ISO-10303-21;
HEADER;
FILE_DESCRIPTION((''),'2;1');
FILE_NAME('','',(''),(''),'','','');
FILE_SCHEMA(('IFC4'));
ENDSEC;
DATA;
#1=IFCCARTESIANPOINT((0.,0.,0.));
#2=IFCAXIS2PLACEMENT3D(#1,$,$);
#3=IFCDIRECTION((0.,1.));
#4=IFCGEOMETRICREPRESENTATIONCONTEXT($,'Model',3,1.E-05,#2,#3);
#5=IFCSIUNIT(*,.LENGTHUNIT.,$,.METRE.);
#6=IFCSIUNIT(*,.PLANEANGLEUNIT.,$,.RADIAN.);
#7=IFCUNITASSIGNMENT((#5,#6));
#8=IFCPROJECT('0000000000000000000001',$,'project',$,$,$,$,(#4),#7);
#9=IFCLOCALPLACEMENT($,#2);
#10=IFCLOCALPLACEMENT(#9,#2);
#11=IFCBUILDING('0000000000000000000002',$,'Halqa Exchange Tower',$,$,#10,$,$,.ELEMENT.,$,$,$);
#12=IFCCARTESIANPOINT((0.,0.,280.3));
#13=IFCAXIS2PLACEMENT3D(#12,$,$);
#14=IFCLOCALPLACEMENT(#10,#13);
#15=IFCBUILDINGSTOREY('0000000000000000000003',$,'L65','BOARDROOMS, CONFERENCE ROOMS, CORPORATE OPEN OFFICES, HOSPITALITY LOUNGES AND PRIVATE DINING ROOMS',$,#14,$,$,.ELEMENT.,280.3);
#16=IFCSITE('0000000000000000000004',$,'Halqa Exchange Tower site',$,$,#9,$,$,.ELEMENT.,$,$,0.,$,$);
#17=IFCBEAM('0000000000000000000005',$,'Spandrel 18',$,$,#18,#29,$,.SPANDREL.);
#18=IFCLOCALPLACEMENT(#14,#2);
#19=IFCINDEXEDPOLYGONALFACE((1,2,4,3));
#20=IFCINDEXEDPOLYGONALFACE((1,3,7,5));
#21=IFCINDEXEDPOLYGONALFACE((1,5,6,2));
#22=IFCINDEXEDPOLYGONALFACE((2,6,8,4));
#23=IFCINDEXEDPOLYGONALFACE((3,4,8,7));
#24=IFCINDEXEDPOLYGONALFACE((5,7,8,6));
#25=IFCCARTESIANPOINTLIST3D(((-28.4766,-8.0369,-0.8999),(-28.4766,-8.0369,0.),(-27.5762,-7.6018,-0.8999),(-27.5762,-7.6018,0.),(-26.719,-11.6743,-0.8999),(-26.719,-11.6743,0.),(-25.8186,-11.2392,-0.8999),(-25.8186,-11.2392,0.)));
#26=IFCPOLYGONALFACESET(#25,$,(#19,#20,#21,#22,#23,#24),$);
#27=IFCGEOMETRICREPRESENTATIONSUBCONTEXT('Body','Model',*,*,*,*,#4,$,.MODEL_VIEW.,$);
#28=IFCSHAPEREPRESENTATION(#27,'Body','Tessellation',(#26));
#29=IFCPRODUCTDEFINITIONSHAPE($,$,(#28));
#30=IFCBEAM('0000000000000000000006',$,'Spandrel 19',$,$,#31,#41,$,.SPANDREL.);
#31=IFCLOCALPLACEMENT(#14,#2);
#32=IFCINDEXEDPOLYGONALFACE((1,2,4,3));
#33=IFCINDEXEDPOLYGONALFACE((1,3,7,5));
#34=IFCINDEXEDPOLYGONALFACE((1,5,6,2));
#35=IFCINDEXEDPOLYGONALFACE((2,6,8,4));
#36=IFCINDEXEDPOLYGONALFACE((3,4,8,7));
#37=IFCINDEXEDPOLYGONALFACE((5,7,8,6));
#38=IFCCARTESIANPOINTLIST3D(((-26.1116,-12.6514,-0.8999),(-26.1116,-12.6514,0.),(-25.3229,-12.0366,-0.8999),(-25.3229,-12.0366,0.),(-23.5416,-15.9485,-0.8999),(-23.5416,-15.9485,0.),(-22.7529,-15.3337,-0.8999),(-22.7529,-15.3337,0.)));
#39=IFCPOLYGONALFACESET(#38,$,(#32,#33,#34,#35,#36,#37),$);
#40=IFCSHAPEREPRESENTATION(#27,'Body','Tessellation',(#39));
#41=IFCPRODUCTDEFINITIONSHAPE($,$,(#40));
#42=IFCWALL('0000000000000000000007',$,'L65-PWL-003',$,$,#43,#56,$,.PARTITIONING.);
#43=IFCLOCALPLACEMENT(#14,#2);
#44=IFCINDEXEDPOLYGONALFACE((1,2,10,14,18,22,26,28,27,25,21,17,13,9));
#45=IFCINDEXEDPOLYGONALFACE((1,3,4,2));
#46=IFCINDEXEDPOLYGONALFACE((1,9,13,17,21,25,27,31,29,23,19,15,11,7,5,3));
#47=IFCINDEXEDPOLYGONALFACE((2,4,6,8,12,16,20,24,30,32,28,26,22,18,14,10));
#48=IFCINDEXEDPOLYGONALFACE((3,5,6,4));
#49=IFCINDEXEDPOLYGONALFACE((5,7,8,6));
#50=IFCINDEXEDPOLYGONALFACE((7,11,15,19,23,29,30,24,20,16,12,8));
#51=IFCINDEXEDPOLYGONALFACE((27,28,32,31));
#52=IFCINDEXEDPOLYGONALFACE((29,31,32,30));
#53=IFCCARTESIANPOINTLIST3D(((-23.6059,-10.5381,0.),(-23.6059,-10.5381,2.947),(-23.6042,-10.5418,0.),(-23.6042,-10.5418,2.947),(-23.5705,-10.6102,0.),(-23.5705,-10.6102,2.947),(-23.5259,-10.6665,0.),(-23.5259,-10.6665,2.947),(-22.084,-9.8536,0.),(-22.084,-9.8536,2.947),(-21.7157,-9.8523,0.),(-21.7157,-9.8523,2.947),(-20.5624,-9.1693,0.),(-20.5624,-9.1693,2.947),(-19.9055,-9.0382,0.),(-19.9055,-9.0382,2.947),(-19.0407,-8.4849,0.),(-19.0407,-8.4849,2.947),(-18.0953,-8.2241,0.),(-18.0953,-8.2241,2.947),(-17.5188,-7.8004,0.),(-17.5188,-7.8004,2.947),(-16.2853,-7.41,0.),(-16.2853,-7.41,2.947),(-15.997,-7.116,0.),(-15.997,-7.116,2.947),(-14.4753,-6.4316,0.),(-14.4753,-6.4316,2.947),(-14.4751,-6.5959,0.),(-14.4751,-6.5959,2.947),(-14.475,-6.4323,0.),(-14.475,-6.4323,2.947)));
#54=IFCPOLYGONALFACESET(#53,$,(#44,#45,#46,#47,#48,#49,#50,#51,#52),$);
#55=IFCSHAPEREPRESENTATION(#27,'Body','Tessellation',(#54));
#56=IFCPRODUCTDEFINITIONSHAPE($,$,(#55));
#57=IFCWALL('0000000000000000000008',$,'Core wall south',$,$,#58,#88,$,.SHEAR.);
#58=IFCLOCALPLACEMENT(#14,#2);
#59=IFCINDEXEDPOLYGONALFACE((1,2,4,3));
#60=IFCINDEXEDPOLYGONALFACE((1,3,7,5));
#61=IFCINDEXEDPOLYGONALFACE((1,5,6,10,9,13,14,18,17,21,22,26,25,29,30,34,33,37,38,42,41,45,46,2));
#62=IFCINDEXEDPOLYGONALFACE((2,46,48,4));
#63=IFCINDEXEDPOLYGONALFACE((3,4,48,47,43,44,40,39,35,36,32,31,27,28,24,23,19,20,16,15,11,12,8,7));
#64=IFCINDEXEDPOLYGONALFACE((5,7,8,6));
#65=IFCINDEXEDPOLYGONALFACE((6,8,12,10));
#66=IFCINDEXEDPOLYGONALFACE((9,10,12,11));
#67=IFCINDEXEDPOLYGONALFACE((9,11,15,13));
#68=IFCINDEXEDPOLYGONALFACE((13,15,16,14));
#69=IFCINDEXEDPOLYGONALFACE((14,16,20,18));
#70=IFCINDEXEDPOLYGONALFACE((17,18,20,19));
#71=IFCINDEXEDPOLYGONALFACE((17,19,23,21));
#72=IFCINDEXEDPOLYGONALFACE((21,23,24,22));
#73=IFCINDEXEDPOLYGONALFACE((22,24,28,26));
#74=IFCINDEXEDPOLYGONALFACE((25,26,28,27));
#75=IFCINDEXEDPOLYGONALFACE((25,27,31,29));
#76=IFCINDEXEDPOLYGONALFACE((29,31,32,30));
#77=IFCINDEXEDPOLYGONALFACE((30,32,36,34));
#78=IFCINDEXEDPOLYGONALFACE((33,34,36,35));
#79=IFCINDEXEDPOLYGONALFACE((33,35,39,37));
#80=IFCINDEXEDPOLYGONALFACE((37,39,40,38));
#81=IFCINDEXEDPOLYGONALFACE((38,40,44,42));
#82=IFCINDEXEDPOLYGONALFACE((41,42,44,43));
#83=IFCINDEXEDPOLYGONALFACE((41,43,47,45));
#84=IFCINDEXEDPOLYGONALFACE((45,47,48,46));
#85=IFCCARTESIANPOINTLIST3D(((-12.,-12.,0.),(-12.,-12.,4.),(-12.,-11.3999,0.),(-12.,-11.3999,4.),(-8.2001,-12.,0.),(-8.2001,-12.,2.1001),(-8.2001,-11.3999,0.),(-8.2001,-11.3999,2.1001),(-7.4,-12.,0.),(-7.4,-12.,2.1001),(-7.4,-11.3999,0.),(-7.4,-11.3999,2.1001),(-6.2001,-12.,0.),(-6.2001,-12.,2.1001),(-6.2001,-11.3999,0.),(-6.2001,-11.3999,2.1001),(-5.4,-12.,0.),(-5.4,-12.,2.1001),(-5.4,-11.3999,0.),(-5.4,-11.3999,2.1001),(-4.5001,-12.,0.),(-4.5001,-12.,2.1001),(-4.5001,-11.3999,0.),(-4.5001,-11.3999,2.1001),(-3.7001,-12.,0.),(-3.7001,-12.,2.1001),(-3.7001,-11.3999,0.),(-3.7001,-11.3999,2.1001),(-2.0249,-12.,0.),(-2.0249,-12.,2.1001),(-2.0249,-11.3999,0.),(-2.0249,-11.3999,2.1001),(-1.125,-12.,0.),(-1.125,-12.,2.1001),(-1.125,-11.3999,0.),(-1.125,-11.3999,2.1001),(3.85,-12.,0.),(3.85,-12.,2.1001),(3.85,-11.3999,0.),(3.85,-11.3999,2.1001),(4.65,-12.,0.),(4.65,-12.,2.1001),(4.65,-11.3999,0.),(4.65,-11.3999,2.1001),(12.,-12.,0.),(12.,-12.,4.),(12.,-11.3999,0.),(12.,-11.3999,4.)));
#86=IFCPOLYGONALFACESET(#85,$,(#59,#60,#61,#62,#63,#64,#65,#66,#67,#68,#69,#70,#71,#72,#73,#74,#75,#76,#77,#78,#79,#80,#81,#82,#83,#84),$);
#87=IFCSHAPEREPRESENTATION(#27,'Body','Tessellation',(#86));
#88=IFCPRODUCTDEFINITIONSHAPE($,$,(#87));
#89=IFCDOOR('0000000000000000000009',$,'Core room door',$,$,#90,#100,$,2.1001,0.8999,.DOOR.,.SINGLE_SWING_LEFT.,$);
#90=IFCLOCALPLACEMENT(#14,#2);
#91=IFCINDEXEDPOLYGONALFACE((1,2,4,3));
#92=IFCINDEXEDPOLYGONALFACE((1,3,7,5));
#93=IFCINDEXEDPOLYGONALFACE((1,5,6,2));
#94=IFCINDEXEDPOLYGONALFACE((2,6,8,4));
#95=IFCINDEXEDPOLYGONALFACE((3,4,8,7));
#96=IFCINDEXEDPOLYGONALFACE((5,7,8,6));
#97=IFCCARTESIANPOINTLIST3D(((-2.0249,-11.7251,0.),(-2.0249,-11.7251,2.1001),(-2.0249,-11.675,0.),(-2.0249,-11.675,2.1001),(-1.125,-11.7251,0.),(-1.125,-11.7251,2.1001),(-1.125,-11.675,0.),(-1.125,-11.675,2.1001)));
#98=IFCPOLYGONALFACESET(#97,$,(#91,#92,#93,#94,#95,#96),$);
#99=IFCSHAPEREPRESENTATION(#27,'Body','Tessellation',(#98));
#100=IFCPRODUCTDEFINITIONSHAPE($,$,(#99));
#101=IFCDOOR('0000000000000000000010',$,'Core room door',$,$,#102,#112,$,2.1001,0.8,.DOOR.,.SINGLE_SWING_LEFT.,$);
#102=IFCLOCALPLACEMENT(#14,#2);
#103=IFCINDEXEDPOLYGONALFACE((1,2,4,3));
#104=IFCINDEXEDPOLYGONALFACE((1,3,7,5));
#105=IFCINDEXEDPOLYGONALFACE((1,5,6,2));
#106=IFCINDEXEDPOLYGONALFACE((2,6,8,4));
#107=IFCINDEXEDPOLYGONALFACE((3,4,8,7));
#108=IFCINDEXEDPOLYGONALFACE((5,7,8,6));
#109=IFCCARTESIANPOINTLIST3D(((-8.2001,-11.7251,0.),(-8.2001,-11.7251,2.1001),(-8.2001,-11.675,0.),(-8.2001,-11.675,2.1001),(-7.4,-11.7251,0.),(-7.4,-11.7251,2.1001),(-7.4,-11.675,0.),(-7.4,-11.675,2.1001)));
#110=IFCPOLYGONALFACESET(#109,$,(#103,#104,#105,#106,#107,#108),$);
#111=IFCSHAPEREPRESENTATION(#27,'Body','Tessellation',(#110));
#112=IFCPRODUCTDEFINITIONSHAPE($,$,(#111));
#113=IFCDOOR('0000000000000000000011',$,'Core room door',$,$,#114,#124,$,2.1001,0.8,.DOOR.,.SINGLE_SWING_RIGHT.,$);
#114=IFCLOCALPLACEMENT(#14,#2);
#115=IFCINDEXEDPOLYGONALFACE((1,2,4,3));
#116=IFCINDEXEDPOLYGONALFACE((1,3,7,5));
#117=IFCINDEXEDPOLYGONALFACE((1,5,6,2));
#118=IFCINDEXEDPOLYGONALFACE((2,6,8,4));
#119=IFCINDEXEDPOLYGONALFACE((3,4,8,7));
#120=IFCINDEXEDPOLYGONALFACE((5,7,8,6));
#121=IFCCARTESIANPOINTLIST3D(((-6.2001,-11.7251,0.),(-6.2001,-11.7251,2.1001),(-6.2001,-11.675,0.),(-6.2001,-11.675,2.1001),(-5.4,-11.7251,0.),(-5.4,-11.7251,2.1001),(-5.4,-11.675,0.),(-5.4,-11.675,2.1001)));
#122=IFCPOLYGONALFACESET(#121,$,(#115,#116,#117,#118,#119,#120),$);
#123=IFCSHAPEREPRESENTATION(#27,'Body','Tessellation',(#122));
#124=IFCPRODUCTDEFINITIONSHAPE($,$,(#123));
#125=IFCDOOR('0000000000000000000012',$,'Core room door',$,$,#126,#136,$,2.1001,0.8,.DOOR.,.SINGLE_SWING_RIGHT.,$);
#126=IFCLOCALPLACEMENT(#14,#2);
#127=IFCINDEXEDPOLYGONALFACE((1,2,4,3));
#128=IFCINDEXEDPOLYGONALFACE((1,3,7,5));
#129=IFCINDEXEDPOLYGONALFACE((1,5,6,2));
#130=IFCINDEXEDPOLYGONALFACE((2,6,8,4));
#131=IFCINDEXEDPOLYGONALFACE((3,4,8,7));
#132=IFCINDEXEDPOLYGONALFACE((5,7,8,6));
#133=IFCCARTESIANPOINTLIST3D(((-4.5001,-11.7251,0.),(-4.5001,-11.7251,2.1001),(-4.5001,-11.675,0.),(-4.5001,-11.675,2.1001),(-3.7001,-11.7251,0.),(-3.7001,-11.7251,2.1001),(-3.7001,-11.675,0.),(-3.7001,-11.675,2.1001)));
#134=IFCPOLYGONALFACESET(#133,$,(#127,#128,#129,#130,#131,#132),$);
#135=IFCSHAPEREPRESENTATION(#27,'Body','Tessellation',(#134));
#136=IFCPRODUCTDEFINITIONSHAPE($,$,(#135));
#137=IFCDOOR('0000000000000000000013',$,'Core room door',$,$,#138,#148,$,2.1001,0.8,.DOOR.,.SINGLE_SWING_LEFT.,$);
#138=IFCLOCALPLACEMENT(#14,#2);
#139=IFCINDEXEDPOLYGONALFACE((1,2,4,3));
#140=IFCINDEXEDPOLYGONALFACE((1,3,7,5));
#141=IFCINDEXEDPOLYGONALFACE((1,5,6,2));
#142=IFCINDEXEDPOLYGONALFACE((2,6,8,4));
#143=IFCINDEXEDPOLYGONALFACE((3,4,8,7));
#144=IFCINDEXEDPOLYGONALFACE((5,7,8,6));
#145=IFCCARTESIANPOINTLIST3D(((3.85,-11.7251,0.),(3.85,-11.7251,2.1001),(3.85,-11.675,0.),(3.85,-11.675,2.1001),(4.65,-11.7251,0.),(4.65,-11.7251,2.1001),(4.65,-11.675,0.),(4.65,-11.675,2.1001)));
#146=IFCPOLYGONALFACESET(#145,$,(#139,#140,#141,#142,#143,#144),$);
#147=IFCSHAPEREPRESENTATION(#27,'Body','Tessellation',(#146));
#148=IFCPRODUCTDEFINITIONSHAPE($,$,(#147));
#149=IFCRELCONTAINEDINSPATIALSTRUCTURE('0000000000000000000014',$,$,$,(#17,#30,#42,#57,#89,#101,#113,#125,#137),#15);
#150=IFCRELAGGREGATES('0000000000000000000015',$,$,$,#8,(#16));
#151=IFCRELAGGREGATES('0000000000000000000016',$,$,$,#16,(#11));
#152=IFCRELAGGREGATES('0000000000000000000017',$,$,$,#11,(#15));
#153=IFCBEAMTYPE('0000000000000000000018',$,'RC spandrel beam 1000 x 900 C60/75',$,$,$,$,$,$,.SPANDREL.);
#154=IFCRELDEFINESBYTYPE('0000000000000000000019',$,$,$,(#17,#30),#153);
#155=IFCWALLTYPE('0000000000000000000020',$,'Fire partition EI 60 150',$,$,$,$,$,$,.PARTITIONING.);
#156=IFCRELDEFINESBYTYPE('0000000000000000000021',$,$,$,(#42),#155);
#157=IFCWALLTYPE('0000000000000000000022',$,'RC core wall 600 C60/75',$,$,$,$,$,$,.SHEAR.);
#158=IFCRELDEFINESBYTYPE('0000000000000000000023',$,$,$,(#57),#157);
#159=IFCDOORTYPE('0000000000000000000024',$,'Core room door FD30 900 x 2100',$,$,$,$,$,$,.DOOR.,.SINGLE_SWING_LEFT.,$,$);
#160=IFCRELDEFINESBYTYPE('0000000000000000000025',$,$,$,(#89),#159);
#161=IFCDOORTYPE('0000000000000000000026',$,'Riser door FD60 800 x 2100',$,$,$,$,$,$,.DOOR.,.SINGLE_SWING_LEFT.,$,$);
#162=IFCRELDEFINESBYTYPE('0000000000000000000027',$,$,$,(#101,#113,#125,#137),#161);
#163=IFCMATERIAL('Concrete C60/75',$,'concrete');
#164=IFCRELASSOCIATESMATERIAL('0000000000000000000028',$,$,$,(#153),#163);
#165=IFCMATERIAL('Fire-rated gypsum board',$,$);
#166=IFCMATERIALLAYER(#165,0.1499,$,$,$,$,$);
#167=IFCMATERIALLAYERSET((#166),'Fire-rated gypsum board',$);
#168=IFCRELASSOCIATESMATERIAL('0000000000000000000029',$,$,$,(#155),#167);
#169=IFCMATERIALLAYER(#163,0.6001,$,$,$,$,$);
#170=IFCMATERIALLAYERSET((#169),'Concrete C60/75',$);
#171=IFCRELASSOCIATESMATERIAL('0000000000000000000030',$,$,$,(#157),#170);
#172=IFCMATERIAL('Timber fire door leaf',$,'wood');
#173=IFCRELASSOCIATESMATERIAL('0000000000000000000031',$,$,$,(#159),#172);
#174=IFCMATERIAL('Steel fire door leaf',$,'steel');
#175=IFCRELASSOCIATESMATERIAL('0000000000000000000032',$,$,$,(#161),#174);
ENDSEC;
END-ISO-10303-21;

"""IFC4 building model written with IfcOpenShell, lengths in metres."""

from ifc_helpers import new_model, si_unit, direction, frame, frame_2d, origin, origin_2d, place, context, subcontext, project, spatial, polyline, rectangle, outline, extrude, material, layer, layer_set, material_profile, profile_set, type_object, element, fill, save


model = new_model("IFC4")

# Units and contexts
model_context = context("Model", 3, precision=1e-05, world=origin(), true_north=direction((0.0, 1.0)))
body_context = subcontext(model_context, "Body", "Model", "MODEL_VIEW")
ifc_project = project(units=[si_unit("LENGTHUNIT", "METRE"), si_unit("PLANEANGLEUNIT", "RADIAN")], contexts=[model_context])

# Site, building, storey
site_placement = place(None, origin())
site = spatial("IfcSite", under=ifc_project, at=site_placement, Name="Halqa Exchange Tower site", CompositionType="ELEMENT", RefElevation=0.0)
building_placement = place(site_placement, origin())
building = spatial("IfcBuilding", under=site, at=building_placement, Name="Halqa Exchange Tower", CompositionType="ELEMENT")
storey_placement = place(building_placement, frame((0.0, 0.0, 280.3)))
storey = spatial("IfcBuildingStorey", under=building, at=storey_placement, Name="L65", Description="BOARDROOMS, CONFERENCE ROOMS, CORPORATE OPEN OFFICES, HOSPITALITY LOUNGES AND PRIVATE DINING ROOMS", CompositionType="ELEMENT", Elevation=280.3)

# Shared definitions
ifc_material_1 = material(Name="Concrete C60/75", Category="concrete")

# Beams
ifc_material_profile_1 = material_profile(ifc_material_1, rectangle(XDim=1.0, YDim=0.8999, at=origin_2d()), Name="1000 x 900")
ifc_profile_set_1 = profile_set([ifc_material_profile_1], Name="Concrete C60/75")
beam_type_1 = type_object("IfcBeamType", Name="RC spandrel beam 1000 x 900 C60/75", PredefinedType="SPANDREL", material=ifc_profile_set_1)
beam_1_placement = place(storey_placement, frame((-28.0264, -7.8193, -0.45), z_axis=(0.435062, -0.900401, 0.0), x_axis=(0.900401, 0.435062, 0.0)))
element("IfcBeam", 1, at=beam_1_placement, inside=storey, type_object=beam_type_1, Name="Spandrel 18", PredefinedType="SPANDREL", context=body_context, shape_type="SweptSolid", body=[
    extrude(rectangle(XDim=1.0, YDim=0.8999, at=origin_2d()), origin(), (0.0, 0.0, 1.0), 4.0398),
])
beam_2_placement = place(storey_placement, frame((-25.7173, -12.344, -0.45), z_axis=(0.614781, -0.788698, 0.0), x_axis=(0.788698, 0.614781, 0.0)))
element("IfcBeam", 2, at=beam_2_placement, inside=storey, type_object=beam_type_1, Name="Spandrel 19", PredefinedType="SPANDREL", context=body_context, shape_type="SweptSolid", body=[
    extrude(rectangle(XDim=1.0, YDim=0.8999, at=origin_2d()), origin(), (0.0, 0.0, 1.0), 4.1804),
])

# Wall
ifc_material_2 = material(Name="Fire-rated gypsum board")
ifc_layer_1 = layer(ifc_material_2, 0.1499)
ifc_layer_set_1 = layer_set([ifc_layer_1], Name="Fire-rated gypsum board")
wall_type_1 = type_object("IfcWallType", Name="Fire partition EI 60 150", PredefinedType="PARTITIONING", material=ifc_layer_set_1)
wall_1_placement = place(storey_placement, frame((-14.4446, -6.5, 0.0), z_axis=(0.0, 0.0, 1.0), x_axis=(-0.912009, -0.410171, 0.0)))
element("IfcWall", 3, at=wall_1_placement, inside=storey, type_object=wall_type_1, Name="L65-PWL-003", PredefinedType="PARTITIONING", context=body_context, shape_type="SweptSolid", body=[
    extrude(outline(polyline([(10.0115, -0.075), (10.0115, -0.0708), (10.0088, 0.0054), (9.9912, 0.075), (8.0063, 0.075), (6.0215, 0.075), (4.0366, 0.075), (2.052, 0.075), (0.0671, 0.075), (0.0, -0.0742), (0.0, -0.075), (1.6685, -0.075), (3.3372, -0.075), (5.0059, -0.075), (6.6743, -0.075), (8.3428, -0.075), (10.0115, -0.075)])), origin(), (0.0, 0.0, 1.0), 2.947),
])

# Wall, openings, doors
ifc_layer_2 = layer(ifc_material_1, 0.6001)
ifc_layer_set_2 = layer_set([ifc_layer_2], Name="Concrete C60/75")
wall_type_2 = type_object("IfcWallType", Name="RC core wall 600 C60/75", PredefinedType="SHEAR", material=ifc_layer_set_2)
wall_2_placement = place(storey_placement, frame((-12.0, -11.7, 0.0), z_axis=(0.0, 0.0, 1.0), x_axis=(1.0, 0.0, 0.0)))
wall_2 = element("IfcWall", 4, at=wall_2_placement, inside=storey, type_object=wall_type_2, Name="Core wall south", PredefinedType="SHEAR", context=body_context, shape_type="SweptSolid", body=[
    extrude(rectangle(XDim=24.0, YDim=0.6001, at=frame_2d((12.0, 0.0))), origin(), (0.0, 0.0, 1.0), 4.0),
])
opening_1_placement = place(wall_2_placement, frame((9.9751, 0.0, 0.0)))
opening_1 = element("IfcOpeningElement", 5, at=opening_1_placement, cuts=wall_2, PredefinedType="OPENING", context=body_context, shape_type="SweptSolid", body=[
    extrude(rectangle(XDim=0.8999, YDim=2.1001, at=frame_2d((0.45, 1.05))), frame((0.0, 0.312, 0.0), z_axis=(0.0, -1.0, 0.0), x_axis=(1.0, 0.0, 0.0)), (0.0, 0.0, 1.0), 0.624),
])
opening_2_placement = place(wall_2_placement, frame((3.8, 0.0, 0.0)))
opening_2 = element("IfcOpeningElement", 6, at=opening_2_placement, cuts=wall_2, PredefinedType="OPENING", context=body_context, shape_type="SweptSolid", body=[
    extrude(rectangle(XDim=0.8, YDim=2.1001, at=frame_2d((0.3999, 1.05))), frame((0.0, 0.312, 0.0), z_axis=(0.0, -1.0, 0.0), x_axis=(1.0, 0.0, 0.0)), (0.0, 0.0, 1.0), 0.624),
])
opening_3_placement = place(wall_2_placement, frame((5.8, 0.0, 0.0)))
opening_3 = element("IfcOpeningElement", 7, at=opening_3_placement, cuts=wall_2, PredefinedType="OPENING", context=body_context, shape_type="SweptSolid", body=[
    extrude(rectangle(XDim=0.8, YDim=2.1001, at=frame_2d((0.3999, 1.05))), frame((0.0, 0.312, 0.0), z_axis=(0.0, -1.0, 0.0), x_axis=(1.0, 0.0, 0.0)), (0.0, 0.0, 1.0), 0.624),
])
opening_4_placement = place(wall_2_placement, frame((7.5, 0.0, 0.0)))
opening_4 = element("IfcOpeningElement", 8, at=opening_4_placement, cuts=wall_2, PredefinedType="OPENING", context=body_context, shape_type="SweptSolid", body=[
    extrude(rectangle(XDim=0.8, YDim=2.1001, at=frame_2d((0.3999, 1.05))), frame((0.0, 0.312, 0.0), z_axis=(0.0, -1.0, 0.0), x_axis=(1.0, 0.0, 0.0)), (0.0, 0.0, 1.0), 0.624),
])
opening_5_placement = place(wall_2_placement, frame((15.8501, 0.0, 0.0)))
opening_5 = element("IfcOpeningElement", 9, at=opening_5_placement, cuts=wall_2, PredefinedType="OPENING", context=body_context, shape_type="SweptSolid", body=[
    extrude(rectangle(XDim=0.8, YDim=2.1001, at=frame_2d((0.3999, 1.05))), frame((0.0, 0.312, 0.0), z_axis=(0.0, -1.0, 0.0), x_axis=(1.0, 0.0, 0.0)), (0.0, 0.0, 1.0), 0.624),
])
ifc_material_3 = material(Name="Timber fire door leaf", Category="wood")
door_type_1 = type_object("IfcDoorType", Name="Core room door FD30 900 x 2100", OperationType="SINGLE_SWING_LEFT", PredefinedType="DOOR", material=ifc_material_3)
door_1_placement = place(opening_1_placement, origin())
door_1 = element("IfcDoor", 10, at=door_1_placement, inside=storey, type_object=door_type_1, Name="Core room door", OperationType="SINGLE_SWING_LEFT", OverallHeight=2.1001, OverallWidth=0.8999, PredefinedType="DOOR", context=body_context, shape_type="SweptSolid", body=[
    extrude(rectangle(XDim=0.8999, YDim=2.1001, at=frame_2d((0.45, 1.05))), frame((0.0, 0.0249, 0.0), z_axis=(0.0, -1.0, 0.0), x_axis=(1.0, 0.0, 0.0)), (0.0, 0.0, 1.0), 0.05),
])
fill(opening_1, door_1)
ifc_material_4 = material(Name="Steel fire door leaf", Category="steel")
door_type_2 = type_object("IfcDoorType", Name="Riser door FD60 800 x 2100", OperationType="SINGLE_SWING_LEFT", PredefinedType="DOOR", material=ifc_material_4)
door_2_placement = place(opening_2_placement, origin())
door_2 = element("IfcDoor", 11, at=door_2_placement, inside=storey, type_object=door_type_2, Name="Core room door", OperationType="SINGLE_SWING_LEFT", OverallHeight=2.1001, OverallWidth=0.8, PredefinedType="DOOR", context=body_context, shape_type="SweptSolid", body=[
    extrude(rectangle(XDim=0.8, YDim=2.1001, at=frame_2d((0.3999, 1.05))), frame((0.0, 0.0249, 0.0), z_axis=(0.0, -1.0, 0.0), x_axis=(1.0, 0.0, 0.0)), (0.0, 0.0, 1.0), 0.05),
])
fill(opening_2, door_2)
door_3_placement = place(opening_3_placement, origin())
door_3 = element("IfcDoor", 12, at=door_3_placement, inside=storey, type_object=door_type_2, Name="Core room door", OperationType="SINGLE_SWING_RIGHT", OverallHeight=2.1001, OverallWidth=0.8, PredefinedType="DOOR", context=body_context, shape_type="SweptSolid", body=[
    extrude(rectangle(XDim=0.8, YDim=2.1001, at=frame_2d((0.3999, 1.05))), frame((0.0, 0.0249, 0.0), z_axis=(0.0, -1.0, 0.0), x_axis=(1.0, 0.0, 0.0)), (0.0, 0.0, 1.0), 0.05),
])
fill(opening_3, door_3)
door_4_placement = place(opening_4_placement, origin())
door_4 = element("IfcDoor", 13, at=door_4_placement, inside=storey, type_object=door_type_2, Name="Core room door", OperationType="SINGLE_SWING_RIGHT", OverallHeight=2.1001, OverallWidth=0.8, PredefinedType="DOOR", context=body_context, shape_type="SweptSolid", body=[
    extrude(rectangle(XDim=0.8, YDim=2.1001, at=frame_2d((0.3999, 1.05))), frame((0.0, 0.0249, 0.0), z_axis=(0.0, -1.0, 0.0), x_axis=(1.0, 0.0, 0.0)), (0.0, 0.0, 1.0), 0.05),
])
fill(opening_4, door_4)
door_5_placement = place(opening_5_placement, origin())
door_5 = element("IfcDoor", 14, at=door_5_placement, inside=storey, type_object=door_type_2, Name="Core room door", OperationType="SINGLE_SWING_LEFT", OverallHeight=2.1001, OverallWidth=0.8, PredefinedType="DOOR", context=body_context, shape_type="SweptSolid", body=[
    extrude(rectangle(XDim=0.8, YDim=2.1001, at=frame_2d((0.3999, 1.05))), frame((0.0, 0.0249, 0.0), z_axis=(0.0, -1.0, 0.0), x_axis=(1.0, 0.0, 0.0)), (0.0, 0.0, 1.0), 0.05),
])
fill(opening_5, door_5)

save(model, "model.ifc")
